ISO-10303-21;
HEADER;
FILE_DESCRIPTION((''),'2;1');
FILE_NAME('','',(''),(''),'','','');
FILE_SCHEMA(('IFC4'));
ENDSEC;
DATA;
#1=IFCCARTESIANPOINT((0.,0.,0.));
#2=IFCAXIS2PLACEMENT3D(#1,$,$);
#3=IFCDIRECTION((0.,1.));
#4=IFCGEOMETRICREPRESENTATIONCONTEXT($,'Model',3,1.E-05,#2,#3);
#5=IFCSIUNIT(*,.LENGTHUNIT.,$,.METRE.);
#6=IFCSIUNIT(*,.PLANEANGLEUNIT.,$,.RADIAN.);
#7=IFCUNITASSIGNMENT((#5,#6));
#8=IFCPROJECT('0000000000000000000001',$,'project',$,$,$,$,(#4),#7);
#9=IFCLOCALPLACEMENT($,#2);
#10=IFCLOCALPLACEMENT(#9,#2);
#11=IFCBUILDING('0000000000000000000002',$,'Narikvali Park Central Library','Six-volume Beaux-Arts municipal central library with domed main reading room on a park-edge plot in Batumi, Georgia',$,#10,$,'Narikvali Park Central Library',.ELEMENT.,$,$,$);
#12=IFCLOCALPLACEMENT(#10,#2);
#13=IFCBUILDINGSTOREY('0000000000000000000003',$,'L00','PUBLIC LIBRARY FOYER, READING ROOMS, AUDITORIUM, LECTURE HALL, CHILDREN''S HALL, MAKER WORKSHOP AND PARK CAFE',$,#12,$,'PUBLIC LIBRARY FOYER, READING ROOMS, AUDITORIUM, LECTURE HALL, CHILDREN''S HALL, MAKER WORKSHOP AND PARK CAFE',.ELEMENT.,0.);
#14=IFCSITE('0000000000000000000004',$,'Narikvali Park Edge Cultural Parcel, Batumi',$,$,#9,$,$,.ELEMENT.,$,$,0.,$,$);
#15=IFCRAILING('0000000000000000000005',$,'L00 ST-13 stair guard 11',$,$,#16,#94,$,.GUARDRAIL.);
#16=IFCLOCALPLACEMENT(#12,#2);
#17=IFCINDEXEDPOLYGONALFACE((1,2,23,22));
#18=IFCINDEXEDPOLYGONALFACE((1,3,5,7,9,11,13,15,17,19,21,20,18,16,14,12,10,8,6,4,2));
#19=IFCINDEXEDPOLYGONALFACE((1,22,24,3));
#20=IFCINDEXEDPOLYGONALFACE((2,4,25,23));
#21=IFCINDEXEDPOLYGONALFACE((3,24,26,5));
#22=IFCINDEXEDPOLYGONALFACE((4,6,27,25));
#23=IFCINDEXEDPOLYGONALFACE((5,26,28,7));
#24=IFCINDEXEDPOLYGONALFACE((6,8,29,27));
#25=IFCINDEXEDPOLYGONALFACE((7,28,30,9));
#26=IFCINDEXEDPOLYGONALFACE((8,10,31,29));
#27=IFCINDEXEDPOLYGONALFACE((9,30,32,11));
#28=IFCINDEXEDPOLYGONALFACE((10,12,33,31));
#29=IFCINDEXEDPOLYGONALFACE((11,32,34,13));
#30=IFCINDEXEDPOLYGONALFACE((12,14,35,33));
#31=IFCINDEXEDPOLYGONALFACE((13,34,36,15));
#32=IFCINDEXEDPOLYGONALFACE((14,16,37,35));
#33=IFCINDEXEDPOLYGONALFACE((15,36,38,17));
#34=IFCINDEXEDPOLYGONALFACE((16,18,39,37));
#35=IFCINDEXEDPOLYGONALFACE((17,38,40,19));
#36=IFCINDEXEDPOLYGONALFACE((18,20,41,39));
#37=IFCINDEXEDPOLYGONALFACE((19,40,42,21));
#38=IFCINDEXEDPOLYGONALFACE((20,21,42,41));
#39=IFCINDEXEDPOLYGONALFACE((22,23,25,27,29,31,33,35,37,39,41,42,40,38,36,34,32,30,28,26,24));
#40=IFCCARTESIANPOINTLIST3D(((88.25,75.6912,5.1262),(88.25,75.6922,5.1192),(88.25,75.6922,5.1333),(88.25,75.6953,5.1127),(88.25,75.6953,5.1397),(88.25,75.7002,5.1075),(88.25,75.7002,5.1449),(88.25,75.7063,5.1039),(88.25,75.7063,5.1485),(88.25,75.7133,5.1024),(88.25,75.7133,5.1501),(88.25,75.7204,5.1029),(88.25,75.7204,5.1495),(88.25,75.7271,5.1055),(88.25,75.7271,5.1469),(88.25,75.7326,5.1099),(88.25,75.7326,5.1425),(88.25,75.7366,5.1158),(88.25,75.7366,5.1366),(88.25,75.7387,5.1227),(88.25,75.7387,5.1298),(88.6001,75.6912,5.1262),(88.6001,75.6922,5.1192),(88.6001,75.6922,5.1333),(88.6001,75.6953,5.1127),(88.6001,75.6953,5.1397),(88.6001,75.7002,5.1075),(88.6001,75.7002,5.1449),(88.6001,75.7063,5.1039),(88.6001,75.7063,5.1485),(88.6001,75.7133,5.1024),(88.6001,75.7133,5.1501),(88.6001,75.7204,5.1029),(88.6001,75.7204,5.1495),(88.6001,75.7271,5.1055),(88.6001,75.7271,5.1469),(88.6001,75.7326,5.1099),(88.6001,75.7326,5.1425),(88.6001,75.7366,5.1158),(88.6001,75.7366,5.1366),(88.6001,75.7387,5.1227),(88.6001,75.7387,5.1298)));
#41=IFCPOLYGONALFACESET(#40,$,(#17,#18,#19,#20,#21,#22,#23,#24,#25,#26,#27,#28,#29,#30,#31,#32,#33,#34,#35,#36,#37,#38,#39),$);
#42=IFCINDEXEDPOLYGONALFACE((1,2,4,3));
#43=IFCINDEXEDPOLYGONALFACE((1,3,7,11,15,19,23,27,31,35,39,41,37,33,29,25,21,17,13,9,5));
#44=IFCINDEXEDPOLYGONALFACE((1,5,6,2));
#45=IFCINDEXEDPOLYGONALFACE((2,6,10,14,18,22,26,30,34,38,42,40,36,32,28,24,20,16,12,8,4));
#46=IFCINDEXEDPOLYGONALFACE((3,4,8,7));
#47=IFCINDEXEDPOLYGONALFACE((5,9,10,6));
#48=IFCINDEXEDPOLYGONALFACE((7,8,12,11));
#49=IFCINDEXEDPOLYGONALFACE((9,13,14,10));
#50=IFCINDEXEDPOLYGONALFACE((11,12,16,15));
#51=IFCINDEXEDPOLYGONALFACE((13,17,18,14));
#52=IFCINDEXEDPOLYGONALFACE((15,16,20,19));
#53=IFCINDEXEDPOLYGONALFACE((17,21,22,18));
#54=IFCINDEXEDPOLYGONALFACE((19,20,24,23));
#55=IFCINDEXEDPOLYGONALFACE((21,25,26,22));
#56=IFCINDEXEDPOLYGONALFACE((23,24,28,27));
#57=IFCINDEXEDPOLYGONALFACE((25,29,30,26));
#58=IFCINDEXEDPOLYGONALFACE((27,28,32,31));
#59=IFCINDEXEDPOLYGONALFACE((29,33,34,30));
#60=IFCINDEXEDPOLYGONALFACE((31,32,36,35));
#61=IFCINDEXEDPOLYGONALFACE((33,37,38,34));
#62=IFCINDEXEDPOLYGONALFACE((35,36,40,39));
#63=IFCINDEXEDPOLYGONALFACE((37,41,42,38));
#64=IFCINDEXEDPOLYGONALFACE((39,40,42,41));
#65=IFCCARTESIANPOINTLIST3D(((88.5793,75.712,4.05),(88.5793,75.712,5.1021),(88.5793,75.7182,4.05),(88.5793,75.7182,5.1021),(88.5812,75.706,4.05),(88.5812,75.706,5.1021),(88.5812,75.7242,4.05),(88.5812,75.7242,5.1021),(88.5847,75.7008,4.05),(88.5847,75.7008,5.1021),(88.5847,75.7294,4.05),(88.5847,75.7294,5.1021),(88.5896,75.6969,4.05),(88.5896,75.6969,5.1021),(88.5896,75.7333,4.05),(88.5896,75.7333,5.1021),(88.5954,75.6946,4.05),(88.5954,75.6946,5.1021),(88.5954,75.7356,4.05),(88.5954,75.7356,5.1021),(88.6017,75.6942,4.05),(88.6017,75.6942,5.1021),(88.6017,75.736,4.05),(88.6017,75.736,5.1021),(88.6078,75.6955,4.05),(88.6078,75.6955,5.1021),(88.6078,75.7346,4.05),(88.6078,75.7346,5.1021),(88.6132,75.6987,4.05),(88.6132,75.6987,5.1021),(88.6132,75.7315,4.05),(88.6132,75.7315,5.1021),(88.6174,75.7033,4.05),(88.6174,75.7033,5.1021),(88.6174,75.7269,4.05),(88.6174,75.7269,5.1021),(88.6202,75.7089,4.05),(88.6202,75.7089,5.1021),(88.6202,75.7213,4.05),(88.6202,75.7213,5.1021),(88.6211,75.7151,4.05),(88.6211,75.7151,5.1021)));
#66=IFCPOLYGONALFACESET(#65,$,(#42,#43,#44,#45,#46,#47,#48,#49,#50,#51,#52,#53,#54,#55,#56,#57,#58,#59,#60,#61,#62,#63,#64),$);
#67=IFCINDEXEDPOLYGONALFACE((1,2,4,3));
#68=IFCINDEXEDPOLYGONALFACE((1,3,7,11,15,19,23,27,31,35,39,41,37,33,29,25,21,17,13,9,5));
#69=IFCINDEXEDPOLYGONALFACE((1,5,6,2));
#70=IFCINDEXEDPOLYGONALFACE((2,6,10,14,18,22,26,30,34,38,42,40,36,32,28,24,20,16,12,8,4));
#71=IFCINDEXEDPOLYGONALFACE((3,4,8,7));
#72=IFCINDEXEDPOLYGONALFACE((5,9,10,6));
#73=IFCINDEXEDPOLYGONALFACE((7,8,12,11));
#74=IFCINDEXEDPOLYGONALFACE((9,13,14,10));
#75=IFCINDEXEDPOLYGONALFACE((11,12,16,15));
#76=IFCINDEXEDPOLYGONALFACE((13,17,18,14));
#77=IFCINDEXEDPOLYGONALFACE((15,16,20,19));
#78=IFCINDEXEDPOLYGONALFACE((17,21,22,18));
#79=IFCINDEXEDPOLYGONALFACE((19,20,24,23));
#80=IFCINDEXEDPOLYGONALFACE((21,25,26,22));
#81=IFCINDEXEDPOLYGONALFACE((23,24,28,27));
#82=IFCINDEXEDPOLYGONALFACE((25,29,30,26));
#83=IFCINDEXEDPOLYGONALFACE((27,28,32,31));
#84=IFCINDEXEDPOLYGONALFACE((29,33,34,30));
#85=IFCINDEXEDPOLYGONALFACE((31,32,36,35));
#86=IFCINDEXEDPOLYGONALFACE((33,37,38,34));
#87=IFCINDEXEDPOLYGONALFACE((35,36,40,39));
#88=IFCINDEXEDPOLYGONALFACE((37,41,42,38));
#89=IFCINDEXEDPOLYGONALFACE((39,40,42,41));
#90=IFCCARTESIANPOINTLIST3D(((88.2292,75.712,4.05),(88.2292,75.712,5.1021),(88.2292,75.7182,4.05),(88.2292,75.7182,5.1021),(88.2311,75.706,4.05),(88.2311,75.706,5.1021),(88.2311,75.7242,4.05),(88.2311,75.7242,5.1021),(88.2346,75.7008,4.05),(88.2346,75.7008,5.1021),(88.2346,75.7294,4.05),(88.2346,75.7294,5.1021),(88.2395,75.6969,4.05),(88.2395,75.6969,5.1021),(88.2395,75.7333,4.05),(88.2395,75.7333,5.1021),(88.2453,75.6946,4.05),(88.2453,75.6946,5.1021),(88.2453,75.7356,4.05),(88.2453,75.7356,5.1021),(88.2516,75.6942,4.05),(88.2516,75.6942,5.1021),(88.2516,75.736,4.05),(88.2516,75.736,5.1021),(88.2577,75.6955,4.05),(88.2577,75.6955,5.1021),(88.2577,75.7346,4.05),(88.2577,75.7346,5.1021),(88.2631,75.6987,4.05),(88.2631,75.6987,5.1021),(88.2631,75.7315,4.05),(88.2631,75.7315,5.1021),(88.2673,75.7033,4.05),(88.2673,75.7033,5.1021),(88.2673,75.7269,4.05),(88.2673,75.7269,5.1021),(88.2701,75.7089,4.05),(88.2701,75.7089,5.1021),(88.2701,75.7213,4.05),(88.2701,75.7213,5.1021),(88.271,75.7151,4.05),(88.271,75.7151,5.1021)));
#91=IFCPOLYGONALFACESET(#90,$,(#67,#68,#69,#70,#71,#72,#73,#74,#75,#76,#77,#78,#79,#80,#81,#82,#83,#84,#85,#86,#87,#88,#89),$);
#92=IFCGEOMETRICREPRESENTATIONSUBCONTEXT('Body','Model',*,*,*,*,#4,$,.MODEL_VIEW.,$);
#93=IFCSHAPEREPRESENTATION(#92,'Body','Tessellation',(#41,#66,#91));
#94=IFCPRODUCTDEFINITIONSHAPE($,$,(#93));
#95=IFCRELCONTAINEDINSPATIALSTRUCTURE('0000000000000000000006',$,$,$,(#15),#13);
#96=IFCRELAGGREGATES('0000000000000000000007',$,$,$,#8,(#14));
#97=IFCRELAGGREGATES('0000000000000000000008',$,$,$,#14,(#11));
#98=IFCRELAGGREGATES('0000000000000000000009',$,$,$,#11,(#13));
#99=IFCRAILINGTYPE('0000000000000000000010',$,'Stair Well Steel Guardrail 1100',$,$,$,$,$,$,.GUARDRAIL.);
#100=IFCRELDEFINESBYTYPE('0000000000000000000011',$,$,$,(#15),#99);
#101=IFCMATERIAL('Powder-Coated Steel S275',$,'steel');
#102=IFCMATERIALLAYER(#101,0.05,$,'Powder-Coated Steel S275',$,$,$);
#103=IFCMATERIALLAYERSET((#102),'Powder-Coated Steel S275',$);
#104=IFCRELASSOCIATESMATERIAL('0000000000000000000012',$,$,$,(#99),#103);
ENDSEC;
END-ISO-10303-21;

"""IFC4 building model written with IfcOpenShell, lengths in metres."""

from ifc_helpers import new_model, si_unit, direction, frame, origin, origin_2d, place, context, subcontext, project, spatial, circle, extrude, material, layer, layer_set, type_object, element, save


model = new_model("IFC4")

# Units and contexts
model_context = context("Model", 3, precision=1e-05, world=origin(), true_north=direction((0.0, 1.0)))
body_context = subcontext(model_context, "Body", "Model", "MODEL_VIEW")
ifc_project = project(units=[si_unit("LENGTHUNIT", "METRE"), si_unit("PLANEANGLEUNIT", "RADIAN")], contexts=[model_context])

# Site, building, storey
site_placement = place(None, origin())
site = spatial("IfcSite", under=ifc_project, at=site_placement, Name="Narikvali Park Edge Cultural Parcel, Batumi", CompositionType="ELEMENT", RefElevation=0.0)
building_placement = place(site_placement, origin())
building = spatial("IfcBuilding", under=site, at=building_placement, Name="Narikvali Park Central Library", Description="Six-volume Beaux-Arts municipal central library with domed main reading room on a park-edge plot in Batumi, Georgia", LongName="Narikvali Park Central Library", CompositionType="ELEMENT")
storey_placement = place(building_placement, origin())
storey = spatial("IfcBuildingStorey", under=building, at=storey_placement, Name="L00", Description="PUBLIC LIBRARY FOYER, READING ROOMS, AUDITORIUM, LECTURE HALL, CHILDREN'S HALL, MAKER WORKSHOP AND PARK CAFE", LongName="PUBLIC LIBRARY FOYER, READING ROOMS, AUDITORIUM, LECTURE HALL, CHILDREN'S HALL, MAKER WORKSHOP AND PARK CAFE", CompositionType="ELEMENT", Elevation=0.0)

# Railing
ifc_material_1 = material(Name="Powder-Coated Steel S275", Category="steel")
ifc_layer_1 = layer(ifc_material_1, 0.05, Name="Powder-Coated Steel S275")
ifc_layer_set_1 = layer_set([ifc_layer_1], Name="Powder-Coated Steel S275")
railing_type_1 = type_object("IfcRailingType", Name="Stair Well Steel Guardrail 1100", PredefinedType="GUARDRAIL", material=ifc_layer_set_1)
railing_1_placement = place(storey_placement, frame((88.6001, 75.7151, 4.05)))
element("IfcRailing", 1, at=railing_1_placement, inside=storey, type_object=railing_type_1, Name="L00 ST-13 stair guard 11", PredefinedType="GUARDRAIL", context=body_context, shape_type="SweptSolid", body=[
    extrude(circle(Radius=0.0239, at=origin_2d()), frame((0.0, 0.0, 1.0762), z_axis=(-1.0, 0.0, 0.0), x_axis=(0.0, -1.0, 0.0)), (0.0, 0.0, 1.0), 0.3501),
    extrude(circle(Radius=0.021, at=origin_2d()), origin(), (0.0, 0.0, 1.0), 1.052),
    extrude(circle(Radius=0.021, at=origin_2d()), frame((-0.3501, 0.0, 0.0)), (0.0, 0.0, 1.0), 1.052),
])

save(model, "model.ifc")
